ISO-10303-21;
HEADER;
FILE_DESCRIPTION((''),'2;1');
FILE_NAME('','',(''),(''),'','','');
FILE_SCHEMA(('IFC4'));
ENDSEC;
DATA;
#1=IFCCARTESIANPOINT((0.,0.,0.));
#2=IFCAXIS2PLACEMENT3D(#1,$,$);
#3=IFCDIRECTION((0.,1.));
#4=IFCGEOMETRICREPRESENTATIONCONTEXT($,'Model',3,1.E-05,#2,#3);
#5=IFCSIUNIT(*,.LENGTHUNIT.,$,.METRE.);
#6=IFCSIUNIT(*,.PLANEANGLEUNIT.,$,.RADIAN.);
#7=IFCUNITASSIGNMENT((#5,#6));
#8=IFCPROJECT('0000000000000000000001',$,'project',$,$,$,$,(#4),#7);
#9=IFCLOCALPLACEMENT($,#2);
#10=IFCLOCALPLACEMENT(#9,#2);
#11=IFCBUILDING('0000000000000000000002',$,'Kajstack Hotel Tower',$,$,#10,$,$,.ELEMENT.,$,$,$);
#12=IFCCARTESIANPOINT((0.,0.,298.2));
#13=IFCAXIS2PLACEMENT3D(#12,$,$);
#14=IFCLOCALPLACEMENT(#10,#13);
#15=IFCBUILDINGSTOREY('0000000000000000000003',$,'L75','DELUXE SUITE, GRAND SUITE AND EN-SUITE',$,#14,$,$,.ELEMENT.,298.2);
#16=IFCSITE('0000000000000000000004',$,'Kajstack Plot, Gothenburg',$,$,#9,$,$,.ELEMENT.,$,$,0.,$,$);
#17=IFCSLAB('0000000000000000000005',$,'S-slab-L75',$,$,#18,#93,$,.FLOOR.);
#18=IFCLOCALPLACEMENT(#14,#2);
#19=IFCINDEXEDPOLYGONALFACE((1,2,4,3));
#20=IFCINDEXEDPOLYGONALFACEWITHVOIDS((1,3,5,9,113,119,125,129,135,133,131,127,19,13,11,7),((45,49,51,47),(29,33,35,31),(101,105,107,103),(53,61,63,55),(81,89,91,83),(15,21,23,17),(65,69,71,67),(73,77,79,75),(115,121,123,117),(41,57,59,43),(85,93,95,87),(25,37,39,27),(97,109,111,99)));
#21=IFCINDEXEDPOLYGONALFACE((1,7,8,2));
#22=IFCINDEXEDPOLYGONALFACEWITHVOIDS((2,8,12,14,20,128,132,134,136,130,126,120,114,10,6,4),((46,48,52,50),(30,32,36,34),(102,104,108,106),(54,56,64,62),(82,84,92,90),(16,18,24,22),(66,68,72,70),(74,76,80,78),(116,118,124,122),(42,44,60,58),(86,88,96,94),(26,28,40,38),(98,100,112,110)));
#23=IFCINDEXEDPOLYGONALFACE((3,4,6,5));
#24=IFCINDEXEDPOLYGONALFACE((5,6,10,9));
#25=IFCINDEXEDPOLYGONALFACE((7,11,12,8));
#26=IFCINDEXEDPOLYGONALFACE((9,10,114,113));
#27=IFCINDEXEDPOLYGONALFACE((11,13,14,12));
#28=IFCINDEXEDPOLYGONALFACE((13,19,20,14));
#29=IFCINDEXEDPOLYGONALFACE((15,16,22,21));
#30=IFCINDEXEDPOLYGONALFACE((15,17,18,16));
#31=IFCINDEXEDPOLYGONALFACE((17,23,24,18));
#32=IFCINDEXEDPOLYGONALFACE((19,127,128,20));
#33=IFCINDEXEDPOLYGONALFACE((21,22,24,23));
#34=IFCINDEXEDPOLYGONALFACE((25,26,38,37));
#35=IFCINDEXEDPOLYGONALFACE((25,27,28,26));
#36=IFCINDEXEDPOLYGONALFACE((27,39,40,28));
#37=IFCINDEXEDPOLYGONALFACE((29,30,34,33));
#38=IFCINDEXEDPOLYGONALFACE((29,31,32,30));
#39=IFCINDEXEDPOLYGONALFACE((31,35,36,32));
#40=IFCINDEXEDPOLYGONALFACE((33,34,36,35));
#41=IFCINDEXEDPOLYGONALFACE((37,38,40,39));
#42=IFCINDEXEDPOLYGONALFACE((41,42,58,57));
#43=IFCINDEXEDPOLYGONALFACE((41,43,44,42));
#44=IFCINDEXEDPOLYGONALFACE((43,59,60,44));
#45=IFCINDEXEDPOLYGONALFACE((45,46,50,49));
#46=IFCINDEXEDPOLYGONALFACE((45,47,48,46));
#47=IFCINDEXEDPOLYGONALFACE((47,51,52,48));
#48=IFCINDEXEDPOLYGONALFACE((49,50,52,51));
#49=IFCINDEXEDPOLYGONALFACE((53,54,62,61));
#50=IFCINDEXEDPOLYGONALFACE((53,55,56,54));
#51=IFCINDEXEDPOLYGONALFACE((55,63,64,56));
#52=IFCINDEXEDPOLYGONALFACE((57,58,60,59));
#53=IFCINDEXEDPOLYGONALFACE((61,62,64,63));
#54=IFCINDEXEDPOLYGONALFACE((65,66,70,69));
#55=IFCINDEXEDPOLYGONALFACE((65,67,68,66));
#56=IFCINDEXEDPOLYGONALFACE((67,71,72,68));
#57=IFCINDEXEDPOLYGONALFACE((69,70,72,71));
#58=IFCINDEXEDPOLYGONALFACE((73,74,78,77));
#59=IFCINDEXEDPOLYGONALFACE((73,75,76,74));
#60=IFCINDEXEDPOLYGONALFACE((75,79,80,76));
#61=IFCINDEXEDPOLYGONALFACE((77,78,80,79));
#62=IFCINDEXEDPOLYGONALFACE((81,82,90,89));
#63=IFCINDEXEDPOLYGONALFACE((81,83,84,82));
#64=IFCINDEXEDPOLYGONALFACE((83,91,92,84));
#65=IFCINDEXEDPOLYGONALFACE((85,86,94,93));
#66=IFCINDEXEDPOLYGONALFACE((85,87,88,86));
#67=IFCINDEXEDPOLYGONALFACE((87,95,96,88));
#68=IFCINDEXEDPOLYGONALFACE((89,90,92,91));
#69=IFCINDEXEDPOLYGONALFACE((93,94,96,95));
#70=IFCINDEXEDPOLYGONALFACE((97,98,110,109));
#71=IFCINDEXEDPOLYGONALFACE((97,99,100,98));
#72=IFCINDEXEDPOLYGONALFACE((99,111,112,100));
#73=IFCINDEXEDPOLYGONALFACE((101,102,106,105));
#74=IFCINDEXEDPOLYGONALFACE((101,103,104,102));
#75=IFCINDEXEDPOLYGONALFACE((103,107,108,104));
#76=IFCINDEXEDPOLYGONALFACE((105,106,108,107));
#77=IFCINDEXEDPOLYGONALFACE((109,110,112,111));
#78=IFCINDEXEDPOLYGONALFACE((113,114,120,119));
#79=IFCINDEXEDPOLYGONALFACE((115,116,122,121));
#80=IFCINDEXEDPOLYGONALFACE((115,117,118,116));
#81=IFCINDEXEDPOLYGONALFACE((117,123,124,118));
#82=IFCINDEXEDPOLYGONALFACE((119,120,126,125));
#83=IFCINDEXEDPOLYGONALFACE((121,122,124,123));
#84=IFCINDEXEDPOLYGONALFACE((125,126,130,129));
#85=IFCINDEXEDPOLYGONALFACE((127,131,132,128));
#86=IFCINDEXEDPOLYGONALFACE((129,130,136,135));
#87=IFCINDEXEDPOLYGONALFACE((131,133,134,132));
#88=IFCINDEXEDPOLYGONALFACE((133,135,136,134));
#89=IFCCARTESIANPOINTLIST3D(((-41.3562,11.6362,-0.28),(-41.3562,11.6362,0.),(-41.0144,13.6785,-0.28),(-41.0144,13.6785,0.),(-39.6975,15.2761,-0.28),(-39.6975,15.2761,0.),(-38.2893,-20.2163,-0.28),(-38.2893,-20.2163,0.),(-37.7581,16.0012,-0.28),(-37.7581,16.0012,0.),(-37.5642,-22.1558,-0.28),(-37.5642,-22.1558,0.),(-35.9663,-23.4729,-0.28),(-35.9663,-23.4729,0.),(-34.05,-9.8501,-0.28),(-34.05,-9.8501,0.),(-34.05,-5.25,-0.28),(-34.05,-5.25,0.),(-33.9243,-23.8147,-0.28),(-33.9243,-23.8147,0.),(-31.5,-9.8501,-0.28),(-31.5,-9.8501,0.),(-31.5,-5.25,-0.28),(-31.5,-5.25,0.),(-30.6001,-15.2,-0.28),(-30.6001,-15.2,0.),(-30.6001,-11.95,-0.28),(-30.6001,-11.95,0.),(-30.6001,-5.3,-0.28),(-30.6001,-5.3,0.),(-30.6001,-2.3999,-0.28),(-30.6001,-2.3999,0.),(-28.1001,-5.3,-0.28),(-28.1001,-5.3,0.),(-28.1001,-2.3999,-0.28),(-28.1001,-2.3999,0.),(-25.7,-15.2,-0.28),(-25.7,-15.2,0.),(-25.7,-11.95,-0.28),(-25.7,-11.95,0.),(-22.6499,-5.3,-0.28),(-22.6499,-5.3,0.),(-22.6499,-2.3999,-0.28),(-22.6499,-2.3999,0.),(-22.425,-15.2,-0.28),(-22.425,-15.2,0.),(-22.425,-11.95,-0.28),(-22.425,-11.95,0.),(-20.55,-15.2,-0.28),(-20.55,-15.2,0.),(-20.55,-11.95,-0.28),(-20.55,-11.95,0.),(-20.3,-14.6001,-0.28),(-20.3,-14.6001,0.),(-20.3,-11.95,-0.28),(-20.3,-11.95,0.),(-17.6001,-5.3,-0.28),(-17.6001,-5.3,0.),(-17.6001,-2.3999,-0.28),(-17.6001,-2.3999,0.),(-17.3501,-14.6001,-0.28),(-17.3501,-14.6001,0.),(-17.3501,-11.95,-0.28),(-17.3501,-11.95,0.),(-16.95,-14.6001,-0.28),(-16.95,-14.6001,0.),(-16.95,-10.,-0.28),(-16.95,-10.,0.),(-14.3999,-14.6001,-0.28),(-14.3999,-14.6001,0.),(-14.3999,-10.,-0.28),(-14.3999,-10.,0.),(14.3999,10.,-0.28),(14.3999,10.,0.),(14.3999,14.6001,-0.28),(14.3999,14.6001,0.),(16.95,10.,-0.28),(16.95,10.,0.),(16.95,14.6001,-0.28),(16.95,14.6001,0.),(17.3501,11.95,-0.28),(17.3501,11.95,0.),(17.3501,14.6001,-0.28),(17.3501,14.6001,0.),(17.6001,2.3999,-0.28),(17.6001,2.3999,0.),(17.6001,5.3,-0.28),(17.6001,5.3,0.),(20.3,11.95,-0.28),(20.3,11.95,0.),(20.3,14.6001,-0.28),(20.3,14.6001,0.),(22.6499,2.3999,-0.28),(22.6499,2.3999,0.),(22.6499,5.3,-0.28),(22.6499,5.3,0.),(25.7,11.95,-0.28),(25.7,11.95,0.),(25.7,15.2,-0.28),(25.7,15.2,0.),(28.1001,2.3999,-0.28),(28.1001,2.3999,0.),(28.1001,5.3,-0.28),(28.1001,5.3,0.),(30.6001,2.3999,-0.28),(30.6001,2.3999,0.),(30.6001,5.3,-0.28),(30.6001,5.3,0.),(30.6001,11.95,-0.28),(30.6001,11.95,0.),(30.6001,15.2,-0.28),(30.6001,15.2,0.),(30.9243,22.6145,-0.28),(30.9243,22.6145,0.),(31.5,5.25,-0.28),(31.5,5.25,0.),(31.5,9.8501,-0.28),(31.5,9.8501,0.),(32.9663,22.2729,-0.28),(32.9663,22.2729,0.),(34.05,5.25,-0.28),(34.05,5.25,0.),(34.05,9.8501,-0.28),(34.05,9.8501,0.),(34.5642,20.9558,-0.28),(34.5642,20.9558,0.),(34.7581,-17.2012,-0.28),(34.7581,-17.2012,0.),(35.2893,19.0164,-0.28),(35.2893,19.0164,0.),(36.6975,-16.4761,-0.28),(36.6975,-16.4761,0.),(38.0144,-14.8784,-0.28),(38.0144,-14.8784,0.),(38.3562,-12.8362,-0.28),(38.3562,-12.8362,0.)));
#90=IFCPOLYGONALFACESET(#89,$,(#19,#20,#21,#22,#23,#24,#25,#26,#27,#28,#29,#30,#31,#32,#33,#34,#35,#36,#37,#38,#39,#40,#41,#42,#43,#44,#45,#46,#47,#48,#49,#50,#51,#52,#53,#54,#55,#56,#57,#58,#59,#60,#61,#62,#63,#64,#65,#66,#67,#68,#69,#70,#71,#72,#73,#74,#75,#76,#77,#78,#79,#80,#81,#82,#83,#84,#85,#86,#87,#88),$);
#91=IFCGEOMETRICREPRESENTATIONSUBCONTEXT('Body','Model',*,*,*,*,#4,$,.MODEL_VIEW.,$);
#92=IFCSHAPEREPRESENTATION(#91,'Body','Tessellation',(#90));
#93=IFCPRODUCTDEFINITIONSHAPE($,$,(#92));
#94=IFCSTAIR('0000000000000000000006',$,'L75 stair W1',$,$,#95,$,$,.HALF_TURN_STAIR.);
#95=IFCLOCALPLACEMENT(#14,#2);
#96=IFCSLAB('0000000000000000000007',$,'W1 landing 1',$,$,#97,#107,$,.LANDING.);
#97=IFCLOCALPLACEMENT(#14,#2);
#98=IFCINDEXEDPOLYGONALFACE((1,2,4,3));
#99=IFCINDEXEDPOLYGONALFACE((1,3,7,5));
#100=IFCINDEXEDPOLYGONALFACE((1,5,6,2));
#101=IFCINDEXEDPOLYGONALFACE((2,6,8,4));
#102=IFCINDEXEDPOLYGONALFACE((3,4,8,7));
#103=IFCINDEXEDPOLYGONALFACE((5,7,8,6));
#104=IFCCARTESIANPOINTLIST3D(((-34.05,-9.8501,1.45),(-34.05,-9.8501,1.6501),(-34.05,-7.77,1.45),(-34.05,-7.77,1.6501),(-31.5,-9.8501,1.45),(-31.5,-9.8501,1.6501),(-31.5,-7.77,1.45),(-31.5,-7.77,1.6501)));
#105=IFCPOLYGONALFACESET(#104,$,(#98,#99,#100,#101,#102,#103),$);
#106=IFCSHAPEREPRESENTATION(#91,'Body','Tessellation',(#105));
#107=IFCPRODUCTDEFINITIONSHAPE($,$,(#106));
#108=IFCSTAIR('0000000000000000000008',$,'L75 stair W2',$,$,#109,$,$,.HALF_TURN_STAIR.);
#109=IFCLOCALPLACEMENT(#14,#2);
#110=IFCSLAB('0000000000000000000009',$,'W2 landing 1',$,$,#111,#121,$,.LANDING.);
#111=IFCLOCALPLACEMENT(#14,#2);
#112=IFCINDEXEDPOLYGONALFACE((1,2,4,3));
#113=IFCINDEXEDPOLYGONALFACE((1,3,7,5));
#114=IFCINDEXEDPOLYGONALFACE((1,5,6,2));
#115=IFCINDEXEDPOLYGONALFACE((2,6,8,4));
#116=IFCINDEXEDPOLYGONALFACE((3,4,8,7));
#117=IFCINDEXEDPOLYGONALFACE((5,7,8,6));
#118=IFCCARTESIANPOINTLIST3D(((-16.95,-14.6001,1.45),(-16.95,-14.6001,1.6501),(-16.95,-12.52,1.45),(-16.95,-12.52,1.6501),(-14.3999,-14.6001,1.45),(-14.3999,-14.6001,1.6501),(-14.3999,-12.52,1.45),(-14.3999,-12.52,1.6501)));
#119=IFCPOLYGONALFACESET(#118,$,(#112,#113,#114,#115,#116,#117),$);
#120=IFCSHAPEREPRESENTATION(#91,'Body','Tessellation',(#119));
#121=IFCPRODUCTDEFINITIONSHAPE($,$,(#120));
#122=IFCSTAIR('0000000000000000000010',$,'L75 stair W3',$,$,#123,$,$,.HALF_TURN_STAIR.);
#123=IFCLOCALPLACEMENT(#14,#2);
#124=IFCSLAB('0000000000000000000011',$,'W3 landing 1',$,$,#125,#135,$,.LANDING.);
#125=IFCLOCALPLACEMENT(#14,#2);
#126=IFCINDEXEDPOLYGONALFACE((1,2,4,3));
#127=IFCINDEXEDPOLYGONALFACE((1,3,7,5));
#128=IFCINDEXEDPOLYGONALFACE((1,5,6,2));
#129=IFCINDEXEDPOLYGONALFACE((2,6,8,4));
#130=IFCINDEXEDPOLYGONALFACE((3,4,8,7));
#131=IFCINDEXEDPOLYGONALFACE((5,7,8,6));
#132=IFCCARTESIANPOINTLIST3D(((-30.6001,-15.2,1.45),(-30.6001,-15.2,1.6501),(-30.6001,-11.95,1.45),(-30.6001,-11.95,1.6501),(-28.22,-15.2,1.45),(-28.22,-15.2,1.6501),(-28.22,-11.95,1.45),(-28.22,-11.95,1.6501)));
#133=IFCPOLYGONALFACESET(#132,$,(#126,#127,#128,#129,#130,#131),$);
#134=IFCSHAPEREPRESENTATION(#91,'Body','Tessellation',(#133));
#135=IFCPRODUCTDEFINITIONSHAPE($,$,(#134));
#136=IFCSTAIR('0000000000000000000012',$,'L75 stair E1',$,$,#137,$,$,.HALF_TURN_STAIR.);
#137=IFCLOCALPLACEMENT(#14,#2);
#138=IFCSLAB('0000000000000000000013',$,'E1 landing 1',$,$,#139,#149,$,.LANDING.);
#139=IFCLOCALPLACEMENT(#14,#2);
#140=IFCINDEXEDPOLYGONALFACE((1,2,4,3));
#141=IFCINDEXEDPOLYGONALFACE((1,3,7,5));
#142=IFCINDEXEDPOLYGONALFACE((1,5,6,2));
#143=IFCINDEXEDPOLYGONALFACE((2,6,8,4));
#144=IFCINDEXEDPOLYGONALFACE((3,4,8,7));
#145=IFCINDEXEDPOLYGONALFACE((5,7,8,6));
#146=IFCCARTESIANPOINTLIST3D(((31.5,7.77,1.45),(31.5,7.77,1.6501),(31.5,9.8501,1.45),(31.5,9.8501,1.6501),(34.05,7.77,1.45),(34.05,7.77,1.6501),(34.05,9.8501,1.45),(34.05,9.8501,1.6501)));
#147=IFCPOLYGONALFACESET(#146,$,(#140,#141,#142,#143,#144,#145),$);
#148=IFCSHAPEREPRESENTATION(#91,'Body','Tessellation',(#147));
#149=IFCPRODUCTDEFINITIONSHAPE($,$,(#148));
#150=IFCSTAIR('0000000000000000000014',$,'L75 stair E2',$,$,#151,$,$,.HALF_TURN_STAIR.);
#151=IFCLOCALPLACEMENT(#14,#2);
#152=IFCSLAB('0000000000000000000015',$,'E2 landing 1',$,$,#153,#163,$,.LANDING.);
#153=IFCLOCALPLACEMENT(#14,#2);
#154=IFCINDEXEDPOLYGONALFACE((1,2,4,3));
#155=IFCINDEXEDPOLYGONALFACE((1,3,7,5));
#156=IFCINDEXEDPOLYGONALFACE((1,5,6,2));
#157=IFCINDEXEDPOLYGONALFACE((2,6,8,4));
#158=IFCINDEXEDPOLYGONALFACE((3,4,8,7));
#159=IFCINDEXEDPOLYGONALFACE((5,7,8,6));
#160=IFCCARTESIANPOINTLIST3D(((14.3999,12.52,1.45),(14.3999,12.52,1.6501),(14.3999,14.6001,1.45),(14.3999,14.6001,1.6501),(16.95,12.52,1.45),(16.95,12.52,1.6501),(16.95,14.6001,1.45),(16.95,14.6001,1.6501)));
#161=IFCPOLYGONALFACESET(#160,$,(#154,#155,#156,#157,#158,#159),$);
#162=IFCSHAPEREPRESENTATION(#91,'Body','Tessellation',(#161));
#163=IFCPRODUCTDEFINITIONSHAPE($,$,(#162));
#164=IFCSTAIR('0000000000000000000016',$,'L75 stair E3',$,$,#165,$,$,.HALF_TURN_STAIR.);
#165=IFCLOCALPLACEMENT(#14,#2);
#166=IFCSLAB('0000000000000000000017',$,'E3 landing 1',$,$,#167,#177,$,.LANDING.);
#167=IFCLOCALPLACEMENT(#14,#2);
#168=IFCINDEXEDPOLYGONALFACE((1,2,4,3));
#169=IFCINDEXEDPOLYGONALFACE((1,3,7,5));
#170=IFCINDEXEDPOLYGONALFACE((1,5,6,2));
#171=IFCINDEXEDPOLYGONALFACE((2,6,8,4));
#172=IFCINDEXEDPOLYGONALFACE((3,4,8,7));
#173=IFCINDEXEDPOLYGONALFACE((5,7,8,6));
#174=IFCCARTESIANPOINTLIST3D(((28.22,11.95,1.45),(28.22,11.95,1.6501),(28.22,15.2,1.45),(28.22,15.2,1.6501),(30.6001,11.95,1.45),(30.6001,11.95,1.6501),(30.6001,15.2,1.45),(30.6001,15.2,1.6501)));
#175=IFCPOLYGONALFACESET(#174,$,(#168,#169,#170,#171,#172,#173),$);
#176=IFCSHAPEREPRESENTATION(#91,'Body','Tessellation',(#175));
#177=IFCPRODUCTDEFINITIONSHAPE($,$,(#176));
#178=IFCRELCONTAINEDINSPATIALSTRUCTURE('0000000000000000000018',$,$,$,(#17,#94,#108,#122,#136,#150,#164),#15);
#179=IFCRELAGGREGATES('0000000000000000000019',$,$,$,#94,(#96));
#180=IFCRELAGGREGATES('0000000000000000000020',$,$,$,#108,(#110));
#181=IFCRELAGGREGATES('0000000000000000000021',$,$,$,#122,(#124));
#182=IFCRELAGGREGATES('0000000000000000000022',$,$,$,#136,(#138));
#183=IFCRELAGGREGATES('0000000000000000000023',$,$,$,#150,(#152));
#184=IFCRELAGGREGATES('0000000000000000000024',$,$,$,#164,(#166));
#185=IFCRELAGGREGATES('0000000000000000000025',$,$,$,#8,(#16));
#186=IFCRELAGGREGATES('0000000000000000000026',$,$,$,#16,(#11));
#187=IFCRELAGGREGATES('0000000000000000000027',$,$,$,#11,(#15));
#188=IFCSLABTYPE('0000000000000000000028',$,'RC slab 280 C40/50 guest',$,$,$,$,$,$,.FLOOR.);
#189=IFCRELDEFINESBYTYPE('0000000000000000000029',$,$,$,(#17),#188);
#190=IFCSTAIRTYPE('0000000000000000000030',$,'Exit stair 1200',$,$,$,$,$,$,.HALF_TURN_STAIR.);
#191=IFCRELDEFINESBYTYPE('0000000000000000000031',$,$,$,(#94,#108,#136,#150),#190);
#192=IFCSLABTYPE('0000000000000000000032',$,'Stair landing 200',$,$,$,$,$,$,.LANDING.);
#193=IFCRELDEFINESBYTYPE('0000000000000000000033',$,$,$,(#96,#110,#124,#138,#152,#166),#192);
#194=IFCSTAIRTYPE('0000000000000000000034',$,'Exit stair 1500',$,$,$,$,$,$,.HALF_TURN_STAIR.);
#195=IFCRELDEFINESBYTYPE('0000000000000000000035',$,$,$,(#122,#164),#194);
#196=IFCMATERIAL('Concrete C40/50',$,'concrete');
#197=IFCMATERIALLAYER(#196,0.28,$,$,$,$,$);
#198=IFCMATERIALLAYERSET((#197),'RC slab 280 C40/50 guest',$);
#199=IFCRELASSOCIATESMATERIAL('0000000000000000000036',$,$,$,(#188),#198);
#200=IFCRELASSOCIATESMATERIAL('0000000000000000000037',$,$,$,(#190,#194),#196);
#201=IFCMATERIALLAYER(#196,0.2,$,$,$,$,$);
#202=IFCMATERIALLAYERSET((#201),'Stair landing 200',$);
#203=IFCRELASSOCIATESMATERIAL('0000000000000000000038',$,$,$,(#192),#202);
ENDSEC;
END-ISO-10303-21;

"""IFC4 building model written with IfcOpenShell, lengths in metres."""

from ifc_helpers import new_model, si_unit, direction, frame, origin, place, context, subcontext, project, spatial, polyline, outline, extrude, material, layer, layer_set, type_object, element, aggregate, save


model = new_model("IFC4")

# Units and contexts
model_context = context("Model", 3, precision=1e-05, world=origin(), true_north=direction((0.0, 1.0)))
body_context = subcontext(model_context, "Body", "Model", "MODEL_VIEW")
ifc_project = project(units=[si_unit("LENGTHUNIT", "METRE"), si_unit("PLANEANGLEUNIT", "RADIAN")], contexts=[model_context])

# Site, building, storey
site_placement = place(None, origin())
site = spatial("IfcSite", under=ifc_project, at=site_placement, Name="Kajstack Plot, Gothenburg", CompositionType="ELEMENT", RefElevation=0.0)
building_placement = place(site_placement, origin())
building = spatial("IfcBuilding", under=site, at=building_placement, Name="Kajstack Hotel Tower", CompositionType="ELEMENT")
storey_placement = place(building_placement, frame((0.0, 0.0, 298.2)))
storey = spatial("IfcBuildingStorey", under=building, at=storey_placement, Name="L75", Description="DELUXE SUITE, GRAND SUITE AND EN-SUITE", CompositionType="ELEMENT", Elevation=298.2)

# Slab
ifc_material_1 = material(Name="Concrete C40/50", Category="concrete")
ifc_layer_1 = layer(ifc_material_1, 0.28)
ifc_layer_set_1 = layer_set([ifc_layer_1], Name="RC slab 280 C40/50 guest")
slab_type_1 = type_object("IfcSlabType", Name="RC slab 280 C40/50 guest", PredefinedType="FLOOR", material=ifc_layer_set_1)
slab_1_placement = place(storey_placement, frame((0.0, 0.0, -0.28)))
element("IfcSlab", 1, at=slab_1_placement, inside=storey, type_object=slab_type_1, Name="S-slab-L75", PredefinedType="FLOOR", context=body_context, shape_type="SweptSolid", body=[
    extrude(outline(polyline([(-41.3562, 11.6362), (-38.2893, -20.2163), (-37.5642, -22.1558), (-35.9663, -23.4729), (-33.9243, -23.8147), (34.7581, -17.2012), (36.6975, -16.4761), (38.0144, -14.8784), (38.3562, -12.8362), (35.2893, 19.0164), (34.5642, 20.9558), (32.9663, 22.2729), (30.9243, 22.6145), (-37.7581, 16.0012), (-39.6975, 15.2761), (-41.0144, 13.6785), (-41.3562, 11.6362)]), holes=[polyline([(-22.6499, -5.3), (-22.6499, -2.3999), (-17.6001, -2.3999), (-17.6001, -5.3), (-22.6499, -5.3)]), polyline([(-20.3, -14.6001), (-17.3501, -14.6001), (-17.3501, -11.95), (-20.3, -11.95), (-20.3, -14.6001)]), polyline([(-30.6001, -5.3), (-28.1001, -5.3), (-28.1001, -2.3999), (-30.6001, -2.3999), (-30.6001, -5.3)]), polyline([(17.6001, 2.3999), (17.6001, 5.3), (22.6499, 5.3), (22.6499, 2.3999), (17.6001, 2.3999)]), polyline([(20.3, 14.6001), (17.3501, 14.6001), (17.3501, 11.95), (20.3, 11.95), (20.3, 14.6001)]), polyline([(30.6001, 5.3), (28.1001, 5.3), (28.1001, 2.3999), (30.6001, 2.3999), (30.6001, 5.3)]), polyline([(-34.05, -9.8501), (-31.5, -9.8501), (-31.5, -5.25), (-34.05, -5.25), (-34.05, -9.8501)]), polyline([(-16.95, -14.6001), (-14.3999, -14.6001), (-14.3999, -10.0), (-16.95, -10.0), (-16.95, -14.6001)]), polyline([(-30.6001, -15.2), (-25.7, -15.2), (-25.7, -11.95), (-30.6001, -11.95), (-30.6001, -15.2)]), polyline([(34.05, 9.8501), (31.5, 9.8501), (31.5, 5.25), (34.05, 5.25), (34.05, 9.8501)]), polyline([(16.95, 14.6001), (14.3999, 14.6001), (14.3999, 10.0), (16.95, 10.0), (16.95, 14.6001)]), polyline([(30.6001, 15.2), (25.7, 15.2), (25.7, 11.95), (30.6001, 11.95), (30.6001, 15.2)]), polyline([(-22.425, -15.2), (-22.425, -11.95), (-20.55, -11.95), (-20.55, -15.2), (-22.425, -15.2)])]), origin(), (0.0, 0.0, 1.0), 0.28),
])

# Stairs, slabs
stair_type_1 = type_object("IfcStairType", Name="Exit stair 1200", PredefinedType="HALF_TURN_STAIR", material=ifc_material_1)
stair_1_placement = place(storey_placement, origin())
stair_1 = element("IfcStair", 2, at=stair_1_placement, inside=storey, type_object=stair_type_1, Name="L75 stair W1", PredefinedType="HALF_TURN_STAIR")
ifc_layer_2 = layer(ifc_material_1, 0.2)
ifc_layer_set_2 = layer_set([ifc_layer_2], Name="Stair landing 200")
slab_type_2 = type_object("IfcSlabType", Name="Stair landing 200", PredefinedType="LANDING", material=ifc_layer_set_2)
slab_2_placement = place(storey_placement, frame((0.0, 0.0, 1.45)))
slab_2 = element("IfcSlab", 3, at=slab_2_placement, type_object=slab_type_2, Name="W1 landing 1", PredefinedType="LANDING", context=body_context, shape_type="SweptSolid", body=[
    extrude(outline(polyline([(-34.05, -7.77), (-34.05, -9.8501), (-31.5, -9.8501), (-31.5, -7.77), (-34.05, -7.77)])), origin(), (0.0, 0.0, 1.0), 0.2002),
])
aggregate(stair_1, [slab_2])
stair_2_placement = place(storey_placement, origin())
stair_2 = element("IfcStair", 4, at=stair_2_placement, inside=storey, type_object=stair_type_1, Name="L75 stair W2", PredefinedType="HALF_TURN_STAIR")
slab_3_placement = place(storey_placement, frame((0.0, 0.0, 1.45)))
slab_3 = element("IfcSlab", 5, at=slab_3_placement, type_object=slab_type_2, Name="W2 landing 1", PredefinedType="LANDING", context=body_context, shape_type="SweptSolid", body=[
    extrude(outline(polyline([(-16.95, -12.52), (-16.95, -14.6001), (-14.3999, -14.6001), (-14.3999, -12.52), (-16.95, -12.52)])), origin(), (0.0, 0.0, 1.0), 0.2002),
])
aggregate(stair_2, [slab_3])
stair_type_2 = type_object("IfcStairType", Name="Exit stair 1500", PredefinedType="HALF_TURN_STAIR", material=ifc_material_1)
stair_3_placement = place(storey_placement, origin())
stair_3 = element("IfcStair", 6, at=stair_3_placement, inside=storey, type_object=stair_type_2, Name="L75 stair W3", PredefinedType="HALF_TURN_STAIR")
slab_4_placement = place(storey_placement, frame((0.0, 0.0, 1.45)))
slab_4 = element("IfcSlab", 7, at=slab_4_placement, type_object=slab_type_2, Name="W3 landing 1", PredefinedType="LANDING", context=body_context, shape_type="SweptSolid", body=[
    extrude(outline(polyline([(-28.22, -11.95), (-30.6001, -11.95), (-30.6001, -15.2), (-28.22, -15.2), (-28.22, -11.95)])), origin(), (0.0, 0.0, 1.0), 0.2002),
])
aggregate(stair_3, [slab_4])
stair_4_placement = place(storey_placement, origin())
stair_4 = element("IfcStair", 8, at=stair_4_placement, inside=storey, type_object=stair_type_1, Name="L75 stair E1", PredefinedType="HALF_TURN_STAIR")
slab_5_placement = place(storey_placement, frame((0.0, 0.0, 1.45)))
slab_5 = element("IfcSlab", 9, at=slab_5_placement, type_object=slab_type_2, Name="E1 landing 1", PredefinedType="LANDING", context=body_context, shape_type="SweptSolid", body=[
    extrude(outline(polyline([(34.05, 7.77), (34.05, 9.8501), (31.5, 9.8501), (31.5, 7.77), (34.05, 7.77)])), origin(), (0.0, 0.0, 1.0), 0.2002),
])
aggregate(stair_4, [slab_5])
stair_5_placement = place(storey_placement, origin())
stair_5 = element("IfcStair", 10, at=stair_5_placement, inside=storey, type_object=stair_type_1, Name="L75 stair E2", PredefinedType="HALF_TURN_STAIR")
slab_6_placement = place(storey_placement, frame((0.0, 0.0, 1.45)))
slab_6 = element("IfcSlab", 11, at=slab_6_placement, type_object=slab_type_2, Name="E2 landing 1", PredefinedType="LANDING", context=body_context, shape_type="SweptSolid", body=[
    extrude(outline(polyline([(16.95, 12.52), (16.95, 14.6001), (14.3999, 14.6001), (14.3999, 12.52), (16.95, 12.52)])), origin(), (0.0, 0.0, 1.0), 0.2002),
])
aggregate(stair_5, [slab_6])
stair_6_placement = place(storey_placement, origin())
stair_6 = element("IfcStair", 12, at=stair_6_placement, inside=storey, type_object=stair_type_2, Name="L75 stair E3", PredefinedType="HALF_TURN_STAIR")
slab_7_placement = place(storey_placement, frame((0.0, 0.0, 1.45)))
slab_7 = element("IfcSlab", 13, at=slab_7_placement, type_object=slab_type_2, Name="E3 landing 1", PredefinedType="LANDING", context=body_context, shape_type="SweptSolid", body=[
    extrude(outline(polyline([(28.22, 11.95), (30.6001, 11.95), (30.6001, 15.2), (28.22, 15.2), (28.22, 11.95)])), origin(), (0.0, 0.0, 1.0), 0.2002),
])
aggregate(stair_6, [slab_7])

save(model, "model.ifc")
